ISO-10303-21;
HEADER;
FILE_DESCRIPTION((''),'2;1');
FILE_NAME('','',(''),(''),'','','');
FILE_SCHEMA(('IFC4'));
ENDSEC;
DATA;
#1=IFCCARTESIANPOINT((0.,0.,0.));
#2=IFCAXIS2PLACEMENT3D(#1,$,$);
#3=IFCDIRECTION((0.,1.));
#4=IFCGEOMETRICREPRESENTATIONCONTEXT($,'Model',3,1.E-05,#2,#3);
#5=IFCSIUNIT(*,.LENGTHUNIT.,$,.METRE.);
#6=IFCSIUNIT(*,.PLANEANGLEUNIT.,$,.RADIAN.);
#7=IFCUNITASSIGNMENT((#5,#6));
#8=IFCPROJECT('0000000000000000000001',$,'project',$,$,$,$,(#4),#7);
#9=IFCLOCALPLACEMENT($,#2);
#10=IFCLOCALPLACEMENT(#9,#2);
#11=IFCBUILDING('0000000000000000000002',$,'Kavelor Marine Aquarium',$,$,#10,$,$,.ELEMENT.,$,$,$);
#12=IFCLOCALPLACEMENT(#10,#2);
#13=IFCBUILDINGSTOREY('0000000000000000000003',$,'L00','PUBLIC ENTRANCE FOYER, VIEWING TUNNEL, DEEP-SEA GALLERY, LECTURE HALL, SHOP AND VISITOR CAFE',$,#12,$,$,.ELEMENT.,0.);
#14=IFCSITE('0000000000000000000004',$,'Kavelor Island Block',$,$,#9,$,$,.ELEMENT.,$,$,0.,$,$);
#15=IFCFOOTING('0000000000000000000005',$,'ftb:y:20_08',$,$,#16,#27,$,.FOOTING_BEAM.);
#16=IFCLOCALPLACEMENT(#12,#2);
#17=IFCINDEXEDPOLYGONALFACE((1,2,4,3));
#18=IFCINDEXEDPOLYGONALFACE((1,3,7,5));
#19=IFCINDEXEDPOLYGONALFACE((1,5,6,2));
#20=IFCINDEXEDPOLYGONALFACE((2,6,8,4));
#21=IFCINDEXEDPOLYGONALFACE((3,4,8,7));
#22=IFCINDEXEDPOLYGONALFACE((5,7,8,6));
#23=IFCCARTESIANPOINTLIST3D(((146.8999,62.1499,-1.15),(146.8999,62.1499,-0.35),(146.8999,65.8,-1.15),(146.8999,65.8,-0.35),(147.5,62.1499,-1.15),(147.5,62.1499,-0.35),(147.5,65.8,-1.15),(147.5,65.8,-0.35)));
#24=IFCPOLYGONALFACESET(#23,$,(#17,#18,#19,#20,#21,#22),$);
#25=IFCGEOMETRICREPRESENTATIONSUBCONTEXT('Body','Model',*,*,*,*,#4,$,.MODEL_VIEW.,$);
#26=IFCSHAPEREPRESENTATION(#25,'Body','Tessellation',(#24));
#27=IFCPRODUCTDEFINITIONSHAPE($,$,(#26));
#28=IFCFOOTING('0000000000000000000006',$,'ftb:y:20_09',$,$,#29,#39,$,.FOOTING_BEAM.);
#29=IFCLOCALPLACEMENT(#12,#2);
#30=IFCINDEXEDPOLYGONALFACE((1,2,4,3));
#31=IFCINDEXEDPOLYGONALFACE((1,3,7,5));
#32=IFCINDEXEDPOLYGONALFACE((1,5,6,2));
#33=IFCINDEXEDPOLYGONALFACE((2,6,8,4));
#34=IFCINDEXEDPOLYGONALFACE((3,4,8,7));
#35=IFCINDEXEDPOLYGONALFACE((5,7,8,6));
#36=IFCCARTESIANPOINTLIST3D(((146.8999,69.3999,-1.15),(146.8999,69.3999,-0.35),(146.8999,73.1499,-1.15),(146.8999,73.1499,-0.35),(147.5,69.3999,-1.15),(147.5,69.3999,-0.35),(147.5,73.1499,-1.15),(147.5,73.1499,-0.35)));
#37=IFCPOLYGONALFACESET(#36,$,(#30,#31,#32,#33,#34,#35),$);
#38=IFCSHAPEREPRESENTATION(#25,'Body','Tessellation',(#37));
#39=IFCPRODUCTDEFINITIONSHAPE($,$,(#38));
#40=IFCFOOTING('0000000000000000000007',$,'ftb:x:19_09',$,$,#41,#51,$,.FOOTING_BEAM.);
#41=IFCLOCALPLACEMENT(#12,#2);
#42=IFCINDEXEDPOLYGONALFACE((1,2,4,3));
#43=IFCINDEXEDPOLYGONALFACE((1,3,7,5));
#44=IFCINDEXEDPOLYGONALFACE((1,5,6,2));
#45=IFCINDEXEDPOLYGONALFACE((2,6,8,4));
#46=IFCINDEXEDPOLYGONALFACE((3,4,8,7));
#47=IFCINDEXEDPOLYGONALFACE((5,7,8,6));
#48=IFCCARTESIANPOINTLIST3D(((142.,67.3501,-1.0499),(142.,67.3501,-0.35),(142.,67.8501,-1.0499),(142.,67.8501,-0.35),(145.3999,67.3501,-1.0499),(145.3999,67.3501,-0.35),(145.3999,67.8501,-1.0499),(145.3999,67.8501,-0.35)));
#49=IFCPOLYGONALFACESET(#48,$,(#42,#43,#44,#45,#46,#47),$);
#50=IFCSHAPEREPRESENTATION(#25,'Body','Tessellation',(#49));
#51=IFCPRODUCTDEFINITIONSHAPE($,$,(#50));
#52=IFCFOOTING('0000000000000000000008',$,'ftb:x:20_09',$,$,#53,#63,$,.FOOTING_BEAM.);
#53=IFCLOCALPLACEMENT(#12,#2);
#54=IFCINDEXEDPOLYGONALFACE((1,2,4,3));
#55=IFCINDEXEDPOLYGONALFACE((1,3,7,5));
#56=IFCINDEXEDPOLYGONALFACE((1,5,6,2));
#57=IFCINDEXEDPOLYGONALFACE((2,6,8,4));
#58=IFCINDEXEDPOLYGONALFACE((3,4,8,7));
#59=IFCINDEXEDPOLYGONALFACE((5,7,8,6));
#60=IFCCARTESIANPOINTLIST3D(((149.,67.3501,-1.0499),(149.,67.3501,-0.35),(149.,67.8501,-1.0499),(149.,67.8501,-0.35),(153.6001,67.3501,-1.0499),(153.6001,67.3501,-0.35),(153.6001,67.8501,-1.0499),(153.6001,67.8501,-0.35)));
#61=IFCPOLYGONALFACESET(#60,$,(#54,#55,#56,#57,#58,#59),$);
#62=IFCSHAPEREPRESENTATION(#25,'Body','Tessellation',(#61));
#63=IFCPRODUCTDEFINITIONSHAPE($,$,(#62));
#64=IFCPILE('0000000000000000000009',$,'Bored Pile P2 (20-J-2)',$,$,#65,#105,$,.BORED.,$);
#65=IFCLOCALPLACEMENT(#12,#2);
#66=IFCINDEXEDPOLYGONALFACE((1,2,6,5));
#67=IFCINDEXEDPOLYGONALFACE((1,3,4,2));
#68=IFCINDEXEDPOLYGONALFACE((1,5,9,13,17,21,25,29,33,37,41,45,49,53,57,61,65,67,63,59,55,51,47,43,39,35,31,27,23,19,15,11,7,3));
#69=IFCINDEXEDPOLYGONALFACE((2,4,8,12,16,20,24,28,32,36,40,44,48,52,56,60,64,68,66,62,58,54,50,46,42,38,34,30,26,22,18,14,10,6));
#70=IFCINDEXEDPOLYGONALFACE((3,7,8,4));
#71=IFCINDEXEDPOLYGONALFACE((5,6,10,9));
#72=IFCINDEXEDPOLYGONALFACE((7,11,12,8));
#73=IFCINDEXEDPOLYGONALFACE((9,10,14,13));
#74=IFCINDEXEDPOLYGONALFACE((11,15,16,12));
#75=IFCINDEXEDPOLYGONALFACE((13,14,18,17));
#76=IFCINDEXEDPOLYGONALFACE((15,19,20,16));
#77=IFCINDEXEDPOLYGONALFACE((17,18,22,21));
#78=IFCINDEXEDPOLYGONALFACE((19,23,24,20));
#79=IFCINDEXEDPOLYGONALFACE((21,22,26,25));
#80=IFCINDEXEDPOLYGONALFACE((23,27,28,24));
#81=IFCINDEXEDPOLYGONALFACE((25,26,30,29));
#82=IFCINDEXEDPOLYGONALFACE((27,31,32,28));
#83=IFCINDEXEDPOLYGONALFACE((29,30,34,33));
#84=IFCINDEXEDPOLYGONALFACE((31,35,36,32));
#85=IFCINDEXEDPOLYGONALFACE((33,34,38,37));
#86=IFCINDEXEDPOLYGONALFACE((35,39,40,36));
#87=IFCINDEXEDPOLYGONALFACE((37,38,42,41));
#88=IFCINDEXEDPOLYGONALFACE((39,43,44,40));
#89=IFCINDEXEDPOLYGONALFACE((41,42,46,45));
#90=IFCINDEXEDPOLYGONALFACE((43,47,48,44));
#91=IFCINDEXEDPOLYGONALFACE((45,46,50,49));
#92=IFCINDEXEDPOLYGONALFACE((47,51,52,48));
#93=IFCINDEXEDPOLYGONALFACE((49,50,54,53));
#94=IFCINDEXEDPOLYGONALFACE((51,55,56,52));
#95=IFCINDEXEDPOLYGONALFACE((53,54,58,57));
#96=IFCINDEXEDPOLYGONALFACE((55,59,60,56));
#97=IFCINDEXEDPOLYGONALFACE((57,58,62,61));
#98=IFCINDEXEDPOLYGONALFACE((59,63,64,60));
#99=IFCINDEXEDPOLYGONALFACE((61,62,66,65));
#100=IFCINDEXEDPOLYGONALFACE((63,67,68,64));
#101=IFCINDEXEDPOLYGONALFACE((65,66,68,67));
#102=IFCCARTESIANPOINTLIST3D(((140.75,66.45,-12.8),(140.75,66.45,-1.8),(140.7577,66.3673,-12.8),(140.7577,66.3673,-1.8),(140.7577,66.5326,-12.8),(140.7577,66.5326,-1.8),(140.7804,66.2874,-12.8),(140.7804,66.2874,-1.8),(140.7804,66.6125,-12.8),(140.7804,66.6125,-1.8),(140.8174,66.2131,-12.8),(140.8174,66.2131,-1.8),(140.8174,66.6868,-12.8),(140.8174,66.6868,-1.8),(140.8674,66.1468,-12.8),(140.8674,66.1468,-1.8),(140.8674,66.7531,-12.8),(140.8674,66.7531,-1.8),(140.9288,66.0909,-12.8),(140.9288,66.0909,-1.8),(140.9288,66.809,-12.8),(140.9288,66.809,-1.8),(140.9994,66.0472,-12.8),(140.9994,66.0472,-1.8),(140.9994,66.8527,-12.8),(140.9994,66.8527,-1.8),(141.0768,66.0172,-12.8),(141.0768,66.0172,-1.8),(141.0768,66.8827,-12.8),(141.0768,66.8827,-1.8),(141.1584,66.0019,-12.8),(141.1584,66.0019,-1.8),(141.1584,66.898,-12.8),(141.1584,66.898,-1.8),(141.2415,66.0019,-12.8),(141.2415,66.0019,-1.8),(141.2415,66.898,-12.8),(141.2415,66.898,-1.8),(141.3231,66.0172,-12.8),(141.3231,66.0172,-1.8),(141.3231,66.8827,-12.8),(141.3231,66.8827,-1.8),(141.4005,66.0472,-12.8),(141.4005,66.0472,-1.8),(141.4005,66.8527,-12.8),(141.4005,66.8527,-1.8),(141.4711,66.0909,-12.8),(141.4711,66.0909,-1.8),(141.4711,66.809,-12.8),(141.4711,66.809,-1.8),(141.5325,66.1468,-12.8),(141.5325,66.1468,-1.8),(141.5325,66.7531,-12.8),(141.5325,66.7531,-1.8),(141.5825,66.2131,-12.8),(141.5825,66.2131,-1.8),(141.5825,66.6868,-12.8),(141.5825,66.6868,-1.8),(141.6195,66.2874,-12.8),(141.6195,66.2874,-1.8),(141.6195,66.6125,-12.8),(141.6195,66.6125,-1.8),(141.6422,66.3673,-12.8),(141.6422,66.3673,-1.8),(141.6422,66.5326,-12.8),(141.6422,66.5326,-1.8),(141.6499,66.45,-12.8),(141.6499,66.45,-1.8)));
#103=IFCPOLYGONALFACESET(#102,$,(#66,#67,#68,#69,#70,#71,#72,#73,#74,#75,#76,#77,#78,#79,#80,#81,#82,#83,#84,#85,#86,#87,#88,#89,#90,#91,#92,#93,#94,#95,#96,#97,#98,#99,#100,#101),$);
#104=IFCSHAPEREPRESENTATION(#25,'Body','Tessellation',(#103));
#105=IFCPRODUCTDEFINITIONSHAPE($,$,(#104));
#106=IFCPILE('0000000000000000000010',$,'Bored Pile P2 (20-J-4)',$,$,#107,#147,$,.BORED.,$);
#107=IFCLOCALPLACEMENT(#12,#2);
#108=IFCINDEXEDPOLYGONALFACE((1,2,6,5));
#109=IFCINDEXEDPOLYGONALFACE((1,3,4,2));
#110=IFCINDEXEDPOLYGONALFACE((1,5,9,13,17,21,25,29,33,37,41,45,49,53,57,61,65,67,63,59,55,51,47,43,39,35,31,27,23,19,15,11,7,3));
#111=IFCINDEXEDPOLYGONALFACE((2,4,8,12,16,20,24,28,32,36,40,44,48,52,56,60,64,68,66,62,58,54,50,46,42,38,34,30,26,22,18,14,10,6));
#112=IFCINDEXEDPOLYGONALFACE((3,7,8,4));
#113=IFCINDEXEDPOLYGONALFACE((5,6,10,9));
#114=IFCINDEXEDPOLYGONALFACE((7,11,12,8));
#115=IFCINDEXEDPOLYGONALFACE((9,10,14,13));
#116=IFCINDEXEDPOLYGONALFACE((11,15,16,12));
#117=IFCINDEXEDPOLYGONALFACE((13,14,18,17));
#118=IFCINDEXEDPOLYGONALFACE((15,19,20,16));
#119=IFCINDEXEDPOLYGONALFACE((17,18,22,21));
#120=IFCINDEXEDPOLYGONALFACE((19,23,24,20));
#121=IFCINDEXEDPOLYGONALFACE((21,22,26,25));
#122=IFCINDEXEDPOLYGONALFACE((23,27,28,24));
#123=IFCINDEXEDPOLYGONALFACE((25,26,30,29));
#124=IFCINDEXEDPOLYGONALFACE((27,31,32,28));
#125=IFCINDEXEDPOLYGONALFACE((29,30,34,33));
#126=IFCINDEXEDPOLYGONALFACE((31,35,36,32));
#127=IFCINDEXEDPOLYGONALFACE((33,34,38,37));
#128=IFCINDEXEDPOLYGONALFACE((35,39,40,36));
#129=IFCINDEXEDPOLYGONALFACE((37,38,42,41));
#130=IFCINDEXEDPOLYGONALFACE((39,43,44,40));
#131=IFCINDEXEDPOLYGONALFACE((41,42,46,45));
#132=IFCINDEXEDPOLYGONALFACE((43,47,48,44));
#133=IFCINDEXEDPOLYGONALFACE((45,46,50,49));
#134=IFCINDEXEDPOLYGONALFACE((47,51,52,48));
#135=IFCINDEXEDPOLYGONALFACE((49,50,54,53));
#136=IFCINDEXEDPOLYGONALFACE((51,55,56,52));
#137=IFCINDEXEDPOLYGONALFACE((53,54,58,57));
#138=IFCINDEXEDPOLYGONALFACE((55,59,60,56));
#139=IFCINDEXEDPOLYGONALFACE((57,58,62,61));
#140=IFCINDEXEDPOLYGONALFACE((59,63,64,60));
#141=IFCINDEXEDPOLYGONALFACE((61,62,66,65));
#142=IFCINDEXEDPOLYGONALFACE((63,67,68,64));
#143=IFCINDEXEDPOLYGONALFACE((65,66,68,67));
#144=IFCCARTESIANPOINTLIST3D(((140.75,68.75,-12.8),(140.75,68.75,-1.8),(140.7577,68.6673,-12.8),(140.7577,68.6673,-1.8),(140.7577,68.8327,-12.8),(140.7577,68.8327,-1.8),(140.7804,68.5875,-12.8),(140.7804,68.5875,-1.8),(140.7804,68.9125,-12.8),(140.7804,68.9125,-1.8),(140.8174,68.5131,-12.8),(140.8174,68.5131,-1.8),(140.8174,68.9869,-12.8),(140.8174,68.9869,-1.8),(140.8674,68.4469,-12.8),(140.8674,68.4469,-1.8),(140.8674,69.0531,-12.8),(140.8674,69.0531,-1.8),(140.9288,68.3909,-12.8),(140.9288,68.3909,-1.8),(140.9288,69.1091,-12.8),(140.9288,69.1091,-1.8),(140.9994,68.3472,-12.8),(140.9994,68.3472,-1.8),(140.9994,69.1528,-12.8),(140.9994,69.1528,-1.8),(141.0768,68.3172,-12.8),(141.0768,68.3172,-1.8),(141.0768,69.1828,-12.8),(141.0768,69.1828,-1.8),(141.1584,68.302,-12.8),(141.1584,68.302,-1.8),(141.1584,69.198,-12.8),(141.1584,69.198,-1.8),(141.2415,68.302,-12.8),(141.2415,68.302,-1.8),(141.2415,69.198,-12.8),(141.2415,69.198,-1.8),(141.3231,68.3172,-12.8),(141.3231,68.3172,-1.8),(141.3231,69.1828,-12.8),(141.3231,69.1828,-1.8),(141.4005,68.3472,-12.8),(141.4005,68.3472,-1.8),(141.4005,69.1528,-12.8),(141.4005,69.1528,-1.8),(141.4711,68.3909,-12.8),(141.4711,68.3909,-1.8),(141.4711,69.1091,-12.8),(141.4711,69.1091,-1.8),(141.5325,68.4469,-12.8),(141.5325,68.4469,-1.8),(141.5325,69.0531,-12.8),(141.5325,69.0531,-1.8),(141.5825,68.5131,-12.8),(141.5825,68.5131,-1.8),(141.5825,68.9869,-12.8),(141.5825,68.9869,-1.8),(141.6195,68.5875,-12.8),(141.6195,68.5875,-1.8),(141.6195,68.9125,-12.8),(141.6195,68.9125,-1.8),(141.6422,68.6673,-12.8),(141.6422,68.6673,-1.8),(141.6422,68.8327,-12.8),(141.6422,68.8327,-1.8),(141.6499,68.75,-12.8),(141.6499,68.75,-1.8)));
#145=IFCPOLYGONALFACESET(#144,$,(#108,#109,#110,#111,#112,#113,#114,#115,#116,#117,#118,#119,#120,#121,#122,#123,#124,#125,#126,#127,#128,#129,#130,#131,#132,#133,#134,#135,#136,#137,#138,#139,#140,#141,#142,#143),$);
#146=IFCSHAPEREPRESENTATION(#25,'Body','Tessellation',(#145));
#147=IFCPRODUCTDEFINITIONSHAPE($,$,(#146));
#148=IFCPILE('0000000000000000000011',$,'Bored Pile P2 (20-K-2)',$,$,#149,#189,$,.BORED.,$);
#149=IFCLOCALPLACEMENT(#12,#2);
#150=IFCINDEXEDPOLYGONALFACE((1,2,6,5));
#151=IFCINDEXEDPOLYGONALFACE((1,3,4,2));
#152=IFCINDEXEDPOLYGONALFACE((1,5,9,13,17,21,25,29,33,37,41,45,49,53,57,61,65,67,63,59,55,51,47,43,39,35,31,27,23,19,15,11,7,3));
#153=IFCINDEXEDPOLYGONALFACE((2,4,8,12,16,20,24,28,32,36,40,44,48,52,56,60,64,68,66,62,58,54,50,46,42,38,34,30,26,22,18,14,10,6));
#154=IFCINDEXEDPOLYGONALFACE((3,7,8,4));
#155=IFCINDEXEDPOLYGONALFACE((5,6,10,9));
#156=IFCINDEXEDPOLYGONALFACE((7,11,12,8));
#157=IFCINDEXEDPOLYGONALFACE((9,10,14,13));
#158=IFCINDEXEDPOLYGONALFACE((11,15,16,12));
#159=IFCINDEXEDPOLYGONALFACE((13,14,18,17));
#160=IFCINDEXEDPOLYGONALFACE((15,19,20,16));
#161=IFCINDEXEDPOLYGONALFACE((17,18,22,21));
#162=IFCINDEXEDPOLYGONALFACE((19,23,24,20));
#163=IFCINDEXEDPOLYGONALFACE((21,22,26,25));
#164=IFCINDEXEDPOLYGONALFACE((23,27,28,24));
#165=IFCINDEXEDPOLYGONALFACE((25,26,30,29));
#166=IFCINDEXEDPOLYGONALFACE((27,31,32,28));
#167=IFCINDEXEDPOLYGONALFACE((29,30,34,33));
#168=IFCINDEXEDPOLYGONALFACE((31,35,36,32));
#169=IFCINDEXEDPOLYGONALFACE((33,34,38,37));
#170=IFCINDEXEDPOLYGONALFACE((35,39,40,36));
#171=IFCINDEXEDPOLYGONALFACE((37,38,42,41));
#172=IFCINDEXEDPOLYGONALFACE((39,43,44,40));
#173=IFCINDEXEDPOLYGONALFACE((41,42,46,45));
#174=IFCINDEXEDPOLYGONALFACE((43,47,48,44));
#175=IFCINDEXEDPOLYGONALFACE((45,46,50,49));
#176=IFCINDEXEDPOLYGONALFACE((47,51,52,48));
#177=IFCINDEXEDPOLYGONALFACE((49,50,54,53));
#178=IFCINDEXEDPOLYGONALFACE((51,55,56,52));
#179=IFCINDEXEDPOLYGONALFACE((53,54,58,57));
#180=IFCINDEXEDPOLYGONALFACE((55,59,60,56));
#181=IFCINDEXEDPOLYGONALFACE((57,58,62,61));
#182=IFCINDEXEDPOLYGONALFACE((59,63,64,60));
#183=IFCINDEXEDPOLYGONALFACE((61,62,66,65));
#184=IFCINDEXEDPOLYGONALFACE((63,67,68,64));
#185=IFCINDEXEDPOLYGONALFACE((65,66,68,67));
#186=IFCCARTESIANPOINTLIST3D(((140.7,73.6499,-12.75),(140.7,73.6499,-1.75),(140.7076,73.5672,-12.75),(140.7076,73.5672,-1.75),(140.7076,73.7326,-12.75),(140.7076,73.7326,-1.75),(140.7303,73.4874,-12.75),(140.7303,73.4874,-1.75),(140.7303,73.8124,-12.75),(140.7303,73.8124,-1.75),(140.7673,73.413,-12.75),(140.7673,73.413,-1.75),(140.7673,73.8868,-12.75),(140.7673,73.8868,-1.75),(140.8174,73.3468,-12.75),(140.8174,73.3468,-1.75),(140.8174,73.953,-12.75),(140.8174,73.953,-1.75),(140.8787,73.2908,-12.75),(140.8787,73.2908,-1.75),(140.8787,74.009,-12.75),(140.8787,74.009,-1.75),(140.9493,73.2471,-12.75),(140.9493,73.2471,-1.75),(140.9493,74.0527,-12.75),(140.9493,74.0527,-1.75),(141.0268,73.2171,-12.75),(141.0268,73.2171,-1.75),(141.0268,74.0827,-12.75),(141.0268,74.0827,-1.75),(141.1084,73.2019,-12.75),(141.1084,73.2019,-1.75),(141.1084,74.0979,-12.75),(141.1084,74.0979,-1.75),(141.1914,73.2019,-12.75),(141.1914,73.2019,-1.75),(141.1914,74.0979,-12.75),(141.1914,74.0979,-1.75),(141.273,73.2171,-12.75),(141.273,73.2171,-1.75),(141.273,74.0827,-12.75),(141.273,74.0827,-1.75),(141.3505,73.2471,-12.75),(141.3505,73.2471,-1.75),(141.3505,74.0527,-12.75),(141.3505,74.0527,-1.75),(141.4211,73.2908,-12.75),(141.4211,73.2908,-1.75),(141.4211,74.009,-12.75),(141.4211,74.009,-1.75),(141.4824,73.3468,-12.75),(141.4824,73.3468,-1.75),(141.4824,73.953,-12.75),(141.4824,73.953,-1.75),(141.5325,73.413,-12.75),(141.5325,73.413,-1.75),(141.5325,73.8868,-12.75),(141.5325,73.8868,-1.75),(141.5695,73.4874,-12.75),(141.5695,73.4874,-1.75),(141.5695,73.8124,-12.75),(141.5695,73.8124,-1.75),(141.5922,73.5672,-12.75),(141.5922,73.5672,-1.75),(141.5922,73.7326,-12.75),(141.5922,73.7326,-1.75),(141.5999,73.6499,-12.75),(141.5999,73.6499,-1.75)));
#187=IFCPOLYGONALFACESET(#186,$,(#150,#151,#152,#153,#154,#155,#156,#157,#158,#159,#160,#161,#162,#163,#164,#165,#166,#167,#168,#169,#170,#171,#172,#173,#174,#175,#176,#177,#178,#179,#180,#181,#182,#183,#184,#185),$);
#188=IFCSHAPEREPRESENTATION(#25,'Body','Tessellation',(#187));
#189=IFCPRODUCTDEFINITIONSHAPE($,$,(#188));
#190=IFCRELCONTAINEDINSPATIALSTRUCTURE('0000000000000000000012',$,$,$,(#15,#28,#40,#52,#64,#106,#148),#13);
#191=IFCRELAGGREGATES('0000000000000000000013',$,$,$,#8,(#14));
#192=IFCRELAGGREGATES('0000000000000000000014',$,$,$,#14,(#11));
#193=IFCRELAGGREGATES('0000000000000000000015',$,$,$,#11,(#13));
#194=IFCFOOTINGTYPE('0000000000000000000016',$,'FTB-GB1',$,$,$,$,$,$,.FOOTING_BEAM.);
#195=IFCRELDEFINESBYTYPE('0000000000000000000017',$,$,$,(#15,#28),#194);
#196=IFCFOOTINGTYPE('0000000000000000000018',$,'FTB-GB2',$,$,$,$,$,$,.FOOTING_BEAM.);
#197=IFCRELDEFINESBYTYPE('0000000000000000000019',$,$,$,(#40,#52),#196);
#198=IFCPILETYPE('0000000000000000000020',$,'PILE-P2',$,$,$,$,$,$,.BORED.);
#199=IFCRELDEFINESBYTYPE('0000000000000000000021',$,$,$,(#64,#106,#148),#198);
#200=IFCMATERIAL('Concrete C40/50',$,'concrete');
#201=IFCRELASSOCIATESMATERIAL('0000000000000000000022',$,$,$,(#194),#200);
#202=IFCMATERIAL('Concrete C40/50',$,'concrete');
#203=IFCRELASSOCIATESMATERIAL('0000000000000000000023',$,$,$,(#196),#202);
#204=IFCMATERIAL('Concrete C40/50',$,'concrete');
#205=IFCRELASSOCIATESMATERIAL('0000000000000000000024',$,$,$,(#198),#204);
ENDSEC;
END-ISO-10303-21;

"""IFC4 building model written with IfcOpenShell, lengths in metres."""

from ifc_helpers import new_model, si_unit, direction, frame, origin, origin_2d, place, context, subcontext, project, spatial, rectangle, circle, extrude, material, material_profile, profile_set, type_object, element, save


model = new_model("IFC4")

# Units and contexts
model_context = context("Model", 3, precision=1e-05, world=origin(), true_north=direction((0.0, 1.0)))
body_context = subcontext(model_context, "Body", "Model", "MODEL_VIEW")
ifc_project = project(units=[si_unit("LENGTHUNIT", "METRE"), si_unit("PLANEANGLEUNIT", "RADIAN")], contexts=[model_context])

# Site, building, storey
site_placement = place(None, origin())
site = spatial("IfcSite", under=ifc_project, at=site_placement, Name="Kavelor Island Block", CompositionType="ELEMENT", RefElevation=0.0)
building_placement = place(site_placement, origin())
building = spatial("IfcBuilding", under=site, at=building_placement, Name="Kavelor Marine Aquarium", CompositionType="ELEMENT")
storey_placement = place(building_placement, origin())
storey = spatial("IfcBuildingStorey", under=building, at=storey_placement, Name="L00", Description="PUBLIC ENTRANCE FOYER, VIEWING TUNNEL, DEEP-SEA GALLERY, LECTURE HALL, SHOP AND VISITOR CAFE", CompositionType="ELEMENT", Elevation=0.0)

# Footings
ifc_material_1 = material(Name="Concrete C40/50", Category="concrete")
ifc_material_profile_1 = material_profile(ifc_material_1, rectangle(XDim=0.6001, YDim=0.8, at=origin_2d()), Name="GB 600x800")
ifc_profile_set_1 = profile_set([ifc_material_profile_1], Name="Concrete C40/50")
footing_type_1 = type_object("IfcFootingType", Name="FTB-GB1", PredefinedType="FOOTING_BEAM", material=ifc_profile_set_1)
footing_1_placement = place(storey_placement, frame((147.2, 62.1499, -0.75), z_axis=(0.0, 1.0, 0.0), x_axis=(-1.0, 0.0, 0.0)))
element("IfcFooting", 1, at=footing_1_placement, inside=storey, type_object=footing_type_1, Name="ftb:y:20_08", PredefinedType="FOOTING_BEAM", context=body_context, shape_type="SweptSolid", body=[
    extrude(rectangle(XDim=0.6001, YDim=0.8, at=origin_2d()), origin(), (0.0, 0.0, 1.0), 3.6501),
])
footing_2_placement = place(storey_placement, frame((147.2, 69.3999, -0.75), z_axis=(0.0, 1.0, 0.0), x_axis=(-1.0, 0.0, 0.0)))
element("IfcFooting", 2, at=footing_2_placement, inside=storey, type_object=footing_type_1, Name="ftb:y:20_09", PredefinedType="FOOTING_BEAM", context=body_context, shape_type="SweptSolid", body=[
    extrude(rectangle(XDim=0.6001, YDim=0.8, at=origin_2d()), origin(), (0.0, 0.0, 1.0), 3.75),
])
ifc_material_2 = material(Name="Concrete C40/50", Category="concrete")
ifc_material_profile_2 = material_profile(ifc_material_2, rectangle(XDim=0.5, YDim=0.7, at=origin_2d()), Name="GB 500x700")
ifc_profile_set_2 = profile_set([ifc_material_profile_2], Name="Concrete C40/50")
footing_type_2 = type_object("IfcFootingType", Name="FTB-GB2", PredefinedType="FOOTING_BEAM", material=ifc_profile_set_2)
footing_3_placement = place(storey_placement, frame((142.0, 67.6001, -0.7), z_axis=(1.0, 0.0, 0.0), x_axis=(0.0, 1.0, 0.0)))
element("IfcFooting", 3, at=footing_3_placement, inside=storey, type_object=footing_type_2, Name="ftb:x:19_09", PredefinedType="FOOTING_BEAM", context=body_context, shape_type="SweptSolid", body=[
    extrude(rectangle(XDim=0.5, YDim=0.7, at=origin_2d()), origin(), (0.0, 0.0, 1.0), 3.3999),
])
footing_4_placement = place(storey_placement, frame((149.0, 67.6001, -0.7), z_axis=(1.0, 0.0, 0.0), x_axis=(0.0, 1.0, 0.0)))
element("IfcFooting", 4, at=footing_4_placement, inside=storey, type_object=footing_type_2, Name="ftb:x:20_09", PredefinedType="FOOTING_BEAM", context=body_context, shape_type="SweptSolid", body=[
    extrude(rectangle(XDim=0.5, YDim=0.7, at=origin_2d()), origin(), (0.0, 0.0, 1.0), 4.6001),
])

# Piles
ifc_material_3 = material(Name="Concrete C40/50", Category="concrete")
ifc_material_profile_3 = material_profile(ifc_material_3, circle(Radius=0.45, at=origin_2d()), Name="PILE D900")
ifc_profile_set_3 = profile_set([ifc_material_profile_3], Name="Concrete C40/50")
pile_type_1 = type_object("IfcPileType", Name="PILE-P2", PredefinedType="BORED", material=ifc_profile_set_3)
for number, where, z_axis, x_axis, name in (
    (5, (141.2, 66.45, -1.8), (0.0, 0.0, -1.0), (1.0, 0.0, 0.0), "Bored Pile P2 (20-J-2)"),
    (6, (141.2, 68.75, -1.8), (0.0, 0.0, -1.0), (1.0, 0.0, 0.0), "Bored Pile P2 (20-J-4)"),
    (7, (141.1499, 73.6499, -1.75), (0.0, 0.0, -1.0), (1.0, 0.0, 0.0), "Bored Pile P2 (20-K-2)"),
):
    element("IfcPile", number, at=place(storey_placement, frame(where, z_axis=z_axis, x_axis=x_axis)), inside=storey, type_object=pile_type_1, Name=name, PredefinedType="BORED", context=body_context, shape_type="SweptSolid", body=[
        extrude(circle(Radius=0.45, at=origin_2d()), origin(), (0.0, 0.0, 1.0), 11.0),
    ])

save(model, "model.ifc")
